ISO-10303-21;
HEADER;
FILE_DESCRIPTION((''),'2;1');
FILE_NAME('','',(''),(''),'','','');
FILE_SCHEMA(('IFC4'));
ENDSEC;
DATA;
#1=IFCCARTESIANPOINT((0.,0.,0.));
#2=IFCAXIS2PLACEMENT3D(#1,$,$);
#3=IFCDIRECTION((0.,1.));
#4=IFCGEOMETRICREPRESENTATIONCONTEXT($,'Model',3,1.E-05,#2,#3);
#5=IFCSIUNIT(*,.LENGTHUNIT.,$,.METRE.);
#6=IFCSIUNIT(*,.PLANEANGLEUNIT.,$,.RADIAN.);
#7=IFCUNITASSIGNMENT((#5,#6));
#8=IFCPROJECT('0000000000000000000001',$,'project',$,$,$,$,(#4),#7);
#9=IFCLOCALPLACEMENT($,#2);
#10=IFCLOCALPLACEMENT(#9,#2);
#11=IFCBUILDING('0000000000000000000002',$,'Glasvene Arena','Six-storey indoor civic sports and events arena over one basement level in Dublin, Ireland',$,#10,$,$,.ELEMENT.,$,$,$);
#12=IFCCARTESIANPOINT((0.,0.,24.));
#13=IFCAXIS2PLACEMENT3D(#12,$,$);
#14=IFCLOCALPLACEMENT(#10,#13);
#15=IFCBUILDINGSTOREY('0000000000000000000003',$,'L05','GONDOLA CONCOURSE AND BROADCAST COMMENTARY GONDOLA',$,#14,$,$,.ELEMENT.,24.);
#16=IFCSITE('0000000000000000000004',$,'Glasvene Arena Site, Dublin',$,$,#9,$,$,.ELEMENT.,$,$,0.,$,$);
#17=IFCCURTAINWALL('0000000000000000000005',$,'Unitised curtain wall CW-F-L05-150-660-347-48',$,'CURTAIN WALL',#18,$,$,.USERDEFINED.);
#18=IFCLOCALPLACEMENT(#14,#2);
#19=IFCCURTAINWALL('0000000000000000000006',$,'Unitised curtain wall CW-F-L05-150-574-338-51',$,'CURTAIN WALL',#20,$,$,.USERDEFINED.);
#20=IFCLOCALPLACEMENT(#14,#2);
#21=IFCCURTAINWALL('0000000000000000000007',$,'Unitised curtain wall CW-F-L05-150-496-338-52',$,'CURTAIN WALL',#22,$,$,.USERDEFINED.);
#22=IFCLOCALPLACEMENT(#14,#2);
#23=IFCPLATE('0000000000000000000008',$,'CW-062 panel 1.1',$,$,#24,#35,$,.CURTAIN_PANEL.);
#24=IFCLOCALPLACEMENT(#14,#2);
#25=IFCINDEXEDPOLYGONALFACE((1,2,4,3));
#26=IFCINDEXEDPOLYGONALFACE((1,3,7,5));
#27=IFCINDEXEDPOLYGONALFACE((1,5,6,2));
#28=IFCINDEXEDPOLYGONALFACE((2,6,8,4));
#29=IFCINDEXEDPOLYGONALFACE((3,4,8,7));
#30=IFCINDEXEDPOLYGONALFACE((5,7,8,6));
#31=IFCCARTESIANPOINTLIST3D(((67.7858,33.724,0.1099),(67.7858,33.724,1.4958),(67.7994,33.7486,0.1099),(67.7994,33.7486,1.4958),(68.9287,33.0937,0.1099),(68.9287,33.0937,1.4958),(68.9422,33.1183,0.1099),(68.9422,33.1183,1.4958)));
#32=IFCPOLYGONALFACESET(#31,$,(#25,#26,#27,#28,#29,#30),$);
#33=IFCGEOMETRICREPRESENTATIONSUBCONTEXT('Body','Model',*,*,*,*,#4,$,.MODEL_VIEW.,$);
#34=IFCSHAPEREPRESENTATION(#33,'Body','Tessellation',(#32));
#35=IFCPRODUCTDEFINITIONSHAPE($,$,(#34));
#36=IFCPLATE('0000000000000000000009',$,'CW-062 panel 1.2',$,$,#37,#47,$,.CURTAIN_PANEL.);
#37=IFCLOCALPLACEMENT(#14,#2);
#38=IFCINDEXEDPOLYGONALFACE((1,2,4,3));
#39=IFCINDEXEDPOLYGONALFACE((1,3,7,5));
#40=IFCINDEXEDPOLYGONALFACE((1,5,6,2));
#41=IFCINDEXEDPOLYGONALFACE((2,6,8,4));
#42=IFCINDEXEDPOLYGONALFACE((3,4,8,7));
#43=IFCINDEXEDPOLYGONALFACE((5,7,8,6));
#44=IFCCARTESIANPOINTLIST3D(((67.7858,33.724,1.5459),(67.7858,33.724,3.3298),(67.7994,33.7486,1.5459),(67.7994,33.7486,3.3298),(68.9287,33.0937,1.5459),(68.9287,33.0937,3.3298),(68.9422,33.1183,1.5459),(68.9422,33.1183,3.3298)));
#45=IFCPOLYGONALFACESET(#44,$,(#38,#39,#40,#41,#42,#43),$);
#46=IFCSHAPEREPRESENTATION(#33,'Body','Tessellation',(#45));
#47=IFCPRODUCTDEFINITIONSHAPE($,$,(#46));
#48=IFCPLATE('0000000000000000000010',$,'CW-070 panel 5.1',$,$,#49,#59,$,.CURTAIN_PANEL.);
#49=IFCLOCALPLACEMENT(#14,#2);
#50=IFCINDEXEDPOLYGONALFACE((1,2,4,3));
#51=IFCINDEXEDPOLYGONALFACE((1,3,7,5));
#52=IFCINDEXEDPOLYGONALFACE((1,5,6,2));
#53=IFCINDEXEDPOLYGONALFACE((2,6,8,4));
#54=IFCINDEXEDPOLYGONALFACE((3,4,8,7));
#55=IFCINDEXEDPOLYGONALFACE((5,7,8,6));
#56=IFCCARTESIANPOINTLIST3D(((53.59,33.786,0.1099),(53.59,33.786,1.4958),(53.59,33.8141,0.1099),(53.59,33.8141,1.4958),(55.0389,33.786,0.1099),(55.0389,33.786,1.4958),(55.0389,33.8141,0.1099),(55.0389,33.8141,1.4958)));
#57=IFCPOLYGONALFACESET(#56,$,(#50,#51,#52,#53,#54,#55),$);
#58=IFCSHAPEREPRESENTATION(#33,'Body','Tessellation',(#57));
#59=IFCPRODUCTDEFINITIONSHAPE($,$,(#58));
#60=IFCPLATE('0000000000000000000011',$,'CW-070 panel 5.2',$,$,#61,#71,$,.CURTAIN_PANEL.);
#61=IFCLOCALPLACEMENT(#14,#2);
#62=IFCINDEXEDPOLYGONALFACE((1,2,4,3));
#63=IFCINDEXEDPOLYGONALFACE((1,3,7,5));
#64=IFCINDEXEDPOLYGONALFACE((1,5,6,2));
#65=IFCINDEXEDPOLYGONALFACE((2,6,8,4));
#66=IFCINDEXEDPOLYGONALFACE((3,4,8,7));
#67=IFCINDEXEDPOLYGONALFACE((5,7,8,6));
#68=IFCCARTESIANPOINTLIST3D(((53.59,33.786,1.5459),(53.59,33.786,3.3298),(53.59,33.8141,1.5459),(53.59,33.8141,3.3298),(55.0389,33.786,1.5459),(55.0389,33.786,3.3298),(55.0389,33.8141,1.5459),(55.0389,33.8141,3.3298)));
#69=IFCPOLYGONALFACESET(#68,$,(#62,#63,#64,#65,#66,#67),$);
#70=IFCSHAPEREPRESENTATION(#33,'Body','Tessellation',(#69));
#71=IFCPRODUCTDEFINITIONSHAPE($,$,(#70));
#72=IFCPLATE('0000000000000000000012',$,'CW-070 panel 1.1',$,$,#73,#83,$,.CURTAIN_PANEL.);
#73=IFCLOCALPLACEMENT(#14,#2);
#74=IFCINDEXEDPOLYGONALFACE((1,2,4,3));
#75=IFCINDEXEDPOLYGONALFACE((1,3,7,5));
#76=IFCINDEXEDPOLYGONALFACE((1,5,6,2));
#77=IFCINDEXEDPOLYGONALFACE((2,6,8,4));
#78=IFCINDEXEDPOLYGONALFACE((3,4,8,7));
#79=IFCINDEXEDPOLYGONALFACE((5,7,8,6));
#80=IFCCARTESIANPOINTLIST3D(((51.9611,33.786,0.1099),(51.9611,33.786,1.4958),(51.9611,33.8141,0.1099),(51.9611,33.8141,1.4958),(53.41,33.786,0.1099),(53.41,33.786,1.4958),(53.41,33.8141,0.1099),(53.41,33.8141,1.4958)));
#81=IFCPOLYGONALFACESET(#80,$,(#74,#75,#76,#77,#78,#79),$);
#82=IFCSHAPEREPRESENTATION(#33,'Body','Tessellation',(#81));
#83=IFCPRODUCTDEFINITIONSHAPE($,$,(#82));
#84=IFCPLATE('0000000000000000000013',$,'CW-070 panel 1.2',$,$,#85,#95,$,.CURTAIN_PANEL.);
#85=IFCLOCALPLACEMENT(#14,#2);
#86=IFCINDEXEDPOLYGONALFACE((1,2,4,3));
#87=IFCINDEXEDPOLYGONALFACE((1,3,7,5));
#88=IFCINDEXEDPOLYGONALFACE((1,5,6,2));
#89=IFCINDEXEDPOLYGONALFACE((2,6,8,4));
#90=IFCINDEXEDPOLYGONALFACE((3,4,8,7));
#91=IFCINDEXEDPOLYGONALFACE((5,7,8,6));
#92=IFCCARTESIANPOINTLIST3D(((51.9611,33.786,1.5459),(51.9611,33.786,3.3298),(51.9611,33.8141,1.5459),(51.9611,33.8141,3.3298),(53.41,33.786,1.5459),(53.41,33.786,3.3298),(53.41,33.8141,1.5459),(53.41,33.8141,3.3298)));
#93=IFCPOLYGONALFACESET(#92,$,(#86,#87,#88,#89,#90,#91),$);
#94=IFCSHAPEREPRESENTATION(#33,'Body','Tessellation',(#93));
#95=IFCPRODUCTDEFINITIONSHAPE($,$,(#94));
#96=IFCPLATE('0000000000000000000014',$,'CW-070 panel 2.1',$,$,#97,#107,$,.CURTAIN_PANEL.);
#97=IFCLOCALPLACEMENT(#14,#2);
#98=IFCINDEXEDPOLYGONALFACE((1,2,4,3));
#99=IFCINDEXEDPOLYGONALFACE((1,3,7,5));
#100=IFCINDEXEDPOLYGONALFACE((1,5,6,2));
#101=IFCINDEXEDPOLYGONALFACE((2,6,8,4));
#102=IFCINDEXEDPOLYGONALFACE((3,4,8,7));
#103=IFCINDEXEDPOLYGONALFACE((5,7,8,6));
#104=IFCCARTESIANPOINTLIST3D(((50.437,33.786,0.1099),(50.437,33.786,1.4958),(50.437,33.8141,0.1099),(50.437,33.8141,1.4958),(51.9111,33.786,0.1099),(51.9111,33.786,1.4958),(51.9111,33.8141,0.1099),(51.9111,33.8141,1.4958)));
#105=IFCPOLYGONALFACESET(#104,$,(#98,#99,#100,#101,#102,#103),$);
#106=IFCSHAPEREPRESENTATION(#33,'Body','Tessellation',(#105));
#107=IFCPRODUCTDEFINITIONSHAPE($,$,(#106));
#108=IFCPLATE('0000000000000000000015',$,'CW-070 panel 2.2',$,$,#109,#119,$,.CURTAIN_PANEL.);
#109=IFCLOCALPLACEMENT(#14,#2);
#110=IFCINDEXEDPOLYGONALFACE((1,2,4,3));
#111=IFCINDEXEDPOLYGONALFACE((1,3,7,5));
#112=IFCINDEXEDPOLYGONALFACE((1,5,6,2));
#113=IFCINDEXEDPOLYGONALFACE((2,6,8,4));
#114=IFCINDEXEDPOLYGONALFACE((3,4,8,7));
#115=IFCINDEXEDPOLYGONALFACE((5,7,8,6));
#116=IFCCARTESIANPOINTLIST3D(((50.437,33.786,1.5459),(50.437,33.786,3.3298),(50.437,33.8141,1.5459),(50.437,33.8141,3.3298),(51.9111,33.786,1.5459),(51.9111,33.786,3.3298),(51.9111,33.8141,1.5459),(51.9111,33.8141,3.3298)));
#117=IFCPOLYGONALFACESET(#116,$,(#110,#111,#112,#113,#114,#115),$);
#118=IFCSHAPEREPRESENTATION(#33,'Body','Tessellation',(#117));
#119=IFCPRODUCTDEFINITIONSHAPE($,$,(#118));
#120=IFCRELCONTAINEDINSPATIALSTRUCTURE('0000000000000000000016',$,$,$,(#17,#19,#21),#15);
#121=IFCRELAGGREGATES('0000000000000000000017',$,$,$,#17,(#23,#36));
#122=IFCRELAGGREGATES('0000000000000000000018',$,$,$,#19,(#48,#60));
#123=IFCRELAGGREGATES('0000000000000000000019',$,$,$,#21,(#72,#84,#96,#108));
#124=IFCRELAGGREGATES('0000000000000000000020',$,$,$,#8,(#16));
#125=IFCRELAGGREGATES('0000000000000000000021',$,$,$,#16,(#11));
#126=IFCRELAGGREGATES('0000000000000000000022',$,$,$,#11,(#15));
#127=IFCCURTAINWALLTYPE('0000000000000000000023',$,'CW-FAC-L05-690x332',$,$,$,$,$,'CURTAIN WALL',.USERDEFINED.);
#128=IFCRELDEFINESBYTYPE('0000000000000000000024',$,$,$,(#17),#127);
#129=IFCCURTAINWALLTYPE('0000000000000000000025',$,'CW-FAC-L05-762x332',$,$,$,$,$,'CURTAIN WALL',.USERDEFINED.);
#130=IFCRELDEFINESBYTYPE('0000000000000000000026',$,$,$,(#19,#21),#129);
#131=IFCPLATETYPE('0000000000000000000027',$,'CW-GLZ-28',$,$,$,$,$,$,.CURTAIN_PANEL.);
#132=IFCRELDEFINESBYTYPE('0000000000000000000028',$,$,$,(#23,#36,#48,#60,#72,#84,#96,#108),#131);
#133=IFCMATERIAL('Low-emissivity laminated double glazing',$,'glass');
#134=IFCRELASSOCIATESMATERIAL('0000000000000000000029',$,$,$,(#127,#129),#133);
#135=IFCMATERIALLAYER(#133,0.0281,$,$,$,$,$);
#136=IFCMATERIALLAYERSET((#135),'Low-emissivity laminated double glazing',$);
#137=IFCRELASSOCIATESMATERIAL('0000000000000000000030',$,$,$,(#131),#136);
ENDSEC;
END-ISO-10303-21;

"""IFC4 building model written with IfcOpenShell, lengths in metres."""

from ifc_helpers import new_model, si_unit, direction, frame, origin, origin_2d, place, context, subcontext, project, spatial, rectangle, extrude, material, layer, layer_set, type_object, element, aggregate, save


model = new_model("IFC4")

# Units and contexts
model_context = context("Model", 3, precision=1e-05, world=origin(), true_north=direction((0.0, 1.0)))
body_context = subcontext(model_context, "Body", "Model", "MODEL_VIEW")
ifc_project = project(units=[si_unit("LENGTHUNIT", "METRE"), si_unit("PLANEANGLEUNIT", "RADIAN")], contexts=[model_context])

# Site, building, storey
site_placement = place(None, origin())
site = spatial("IfcSite", under=ifc_project, at=site_placement, Name="Glasvene Arena Site, Dublin", CompositionType="ELEMENT", RefElevation=0.0)
building_placement = place(site_placement, origin())
building = spatial("IfcBuilding", under=site, at=building_placement, Name="Glasvene Arena", Description="Six-storey indoor civic sports and events arena over one basement level in Dublin, Ireland", CompositionType="ELEMENT")
storey_placement = place(building_placement, frame((0.0, 0.0, 24.0)))
storey = spatial("IfcBuildingStorey", under=building, at=storey_placement, Name="L05", Description="GONDOLA CONCOURSE AND BROADCAST COMMENTARY GONDOLA", CompositionType="ELEMENT", Elevation=24.0)

# Curtain walls
ifc_material_1 = material(Name="Low-emissivity laminated double glazing", Category="glass")
curtain_wall_type_1 = type_object("IfcCurtainWallType", Name="CW-FAC-L05-690x332", ElementType="CURTAIN WALL", PredefinedType="USERDEFINED", material=ifc_material_1)
curtain_wall_1_placement = place(storey_placement, frame((68.979, 33.0818, 0.0)))
curtain_wall_1 = element("IfcCurtainWall", 1, at=curtain_wall_1_placement, inside=storey, type_object=curtain_wall_type_1, Name="Unitised curtain wall CW-F-L05-150-660-347-48", ObjectType="CURTAIN WALL", PredefinedType="USERDEFINED")
curtain_wall_type_2 = type_object("IfcCurtainWallType", Name="CW-FAC-L05-762x332", ElementType="CURTAIN WALL", PredefinedType="USERDEFINED", material=ifc_material_1)
curtain_wall_2_placement = place(storey_placement, frame((61.1599, 33.8, 0.0)))
curtain_wall_2 = element("IfcCurtainWall", 2, at=curtain_wall_2_placement, inside=storey, type_object=curtain_wall_type_2, Name="Unitised curtain wall CW-F-L05-150-574-338-51", ObjectType="CURTAIN WALL", PredefinedType="USERDEFINED")

# Curtain wall
curtain_wall_3_placement = place(storey_placement, frame((53.46, 33.8, 0.0)))
curtain_wall_3 = element("IfcCurtainWall", 3, at=curtain_wall_3_placement, inside=storey, type_object=curtain_wall_type_2, Name="Unitised curtain wall CW-F-L05-150-496-338-52", ObjectType="CURTAIN WALL", PredefinedType="USERDEFINED")

# Plates
ifc_layer = layer(ifc_material_1, 0.0281)
ifc_layer_set = layer_set([ifc_layer], Name="Low-emissivity laminated double glazing")
plate_type = type_object("IfcPlateType", Name="CW-GLZ-28", PredefinedType="CURTAIN_PANEL", material=ifc_layer_set)
plate_1_placement = place(storey_placement, frame((68.364, 33.4211, 0.1099), z_axis=(0.0, 0.0, 1.0), x_axis=(-0.875654, 0.482939, 0.0)))
plate_1 = element("IfcPlate", 4, at=plate_1_placement, type_object=plate_type, Name="CW-062 panel 1.1", PredefinedType="CURTAIN_PANEL", context=body_context, shape_type="SweptSolid", body=[
    extrude(rectangle(XDim=1.3052, YDim=0.0281, at=origin_2d()), origin(), (0.0, 0.0, 1.0), 1.386),
])
plate_2_placement = place(storey_placement, frame((68.364, 33.4211, 1.5459), z_axis=(0.0, 0.0, 1.0), x_axis=(-0.875654, 0.482939, 0.0)))
plate_2 = element("IfcPlate", 5, at=plate_2_placement, type_object=plate_type, Name="CW-062 panel 1.2", PredefinedType="CURTAIN_PANEL", context=body_context, shape_type="SweptSolid", body=[
    extrude(rectangle(XDim=1.3052, YDim=0.0281, at=origin_2d()), origin(), (0.0, 0.0, 1.0), 1.7839),
])
aggregate(curtain_wall_1, [plate_1, plate_2])
plate_3_placement = place(storey_placement, frame((54.3145, 33.8, 0.1099), z_axis=(0.0, 0.0, 1.0), x_axis=(-1.0, 0.0, 0.0)))
plate_3 = element("IfcPlate", 6, at=plate_3_placement, type_object=plate_type, Name="CW-070 panel 5.1", PredefinedType="CURTAIN_PANEL", context=body_context, shape_type="SweptSolid", body=[
    extrude(rectangle(XDim=1.449, YDim=0.0281, at=origin_2d()), origin(), (0.0, 0.0, 1.0), 1.386),
])
plate_4_placement = place(storey_placement, frame((54.3145, 33.8, 1.5459), z_axis=(0.0, 0.0, 1.0), x_axis=(-1.0, 0.0, 0.0)))
plate_4 = element("IfcPlate", 7, at=plate_4_placement, type_object=plate_type, Name="CW-070 panel 5.2", PredefinedType="CURTAIN_PANEL", context=body_context, shape_type="SweptSolid", body=[
    extrude(rectangle(XDim=1.449, YDim=0.0281, at=origin_2d()), origin(), (0.0, 0.0, 1.0), 1.7839),
])
aggregate(curtain_wall_2, [plate_3, plate_4])
plate_5_placement = place(storey_placement, frame((52.6855, 33.8, 0.1099), z_axis=(0.0, 0.0, 1.0), x_axis=(-1.0, 0.0, 0.0)))
plate_5 = element("IfcPlate", 8, at=plate_5_placement, type_object=plate_type, Name="CW-070 panel 1.1", PredefinedType="CURTAIN_PANEL", context=body_context, shape_type="SweptSolid", body=[
    extrude(rectangle(XDim=1.449, YDim=0.0281, at=origin_2d()), origin(), (0.0, 0.0, 1.0), 1.386),
])
plate_6_placement = place(storey_placement, frame((52.6855, 33.8, 1.5459), z_axis=(0.0, 0.0, 1.0), x_axis=(-1.0, 0.0, 0.0)))
plate_6 = element("IfcPlate", 9, at=plate_6_placement, type_object=plate_type, Name="CW-070 panel 1.2", PredefinedType="CURTAIN_PANEL", context=body_context, shape_type="SweptSolid", body=[
    extrude(rectangle(XDim=1.449, YDim=0.0281, at=origin_2d()), origin(), (0.0, 0.0, 1.0), 1.7839),
])
plate_7_placement = place(storey_placement, frame((51.1741, 33.8, 0.1099), z_axis=(0.0, 0.0, 1.0), x_axis=(-1.0, 0.0, 0.0)))
plate_7 = element("IfcPlate", 10, at=plate_7_placement, type_object=plate_type, Name="CW-070 panel 2.1", PredefinedType="CURTAIN_PANEL", context=body_context, shape_type="SweptSolid", body=[
    extrude(rectangle(XDim=1.4741, YDim=0.0281, at=origin_2d()), origin(), (0.0, 0.0, 1.0), 1.386),
])
plate_8_placement = place(storey_placement, frame((51.1741, 33.8, 1.5459), z_axis=(0.0, 0.0, 1.0), x_axis=(-1.0, 0.0, 0.0)))
plate_8 = element("IfcPlate", 11, at=plate_8_placement, type_object=plate_type, Name="CW-070 panel 2.2", PredefinedType="CURTAIN_PANEL", context=body_context, shape_type="SweptSolid", body=[
    extrude(rectangle(XDim=1.4741, YDim=0.0281, at=origin_2d()), origin(), (0.0, 0.0, 1.0), 1.7839),
])
aggregate(curtain_wall_3, [plate_5, plate_6, plate_7, plate_8])

save(model, "model.ifc")
